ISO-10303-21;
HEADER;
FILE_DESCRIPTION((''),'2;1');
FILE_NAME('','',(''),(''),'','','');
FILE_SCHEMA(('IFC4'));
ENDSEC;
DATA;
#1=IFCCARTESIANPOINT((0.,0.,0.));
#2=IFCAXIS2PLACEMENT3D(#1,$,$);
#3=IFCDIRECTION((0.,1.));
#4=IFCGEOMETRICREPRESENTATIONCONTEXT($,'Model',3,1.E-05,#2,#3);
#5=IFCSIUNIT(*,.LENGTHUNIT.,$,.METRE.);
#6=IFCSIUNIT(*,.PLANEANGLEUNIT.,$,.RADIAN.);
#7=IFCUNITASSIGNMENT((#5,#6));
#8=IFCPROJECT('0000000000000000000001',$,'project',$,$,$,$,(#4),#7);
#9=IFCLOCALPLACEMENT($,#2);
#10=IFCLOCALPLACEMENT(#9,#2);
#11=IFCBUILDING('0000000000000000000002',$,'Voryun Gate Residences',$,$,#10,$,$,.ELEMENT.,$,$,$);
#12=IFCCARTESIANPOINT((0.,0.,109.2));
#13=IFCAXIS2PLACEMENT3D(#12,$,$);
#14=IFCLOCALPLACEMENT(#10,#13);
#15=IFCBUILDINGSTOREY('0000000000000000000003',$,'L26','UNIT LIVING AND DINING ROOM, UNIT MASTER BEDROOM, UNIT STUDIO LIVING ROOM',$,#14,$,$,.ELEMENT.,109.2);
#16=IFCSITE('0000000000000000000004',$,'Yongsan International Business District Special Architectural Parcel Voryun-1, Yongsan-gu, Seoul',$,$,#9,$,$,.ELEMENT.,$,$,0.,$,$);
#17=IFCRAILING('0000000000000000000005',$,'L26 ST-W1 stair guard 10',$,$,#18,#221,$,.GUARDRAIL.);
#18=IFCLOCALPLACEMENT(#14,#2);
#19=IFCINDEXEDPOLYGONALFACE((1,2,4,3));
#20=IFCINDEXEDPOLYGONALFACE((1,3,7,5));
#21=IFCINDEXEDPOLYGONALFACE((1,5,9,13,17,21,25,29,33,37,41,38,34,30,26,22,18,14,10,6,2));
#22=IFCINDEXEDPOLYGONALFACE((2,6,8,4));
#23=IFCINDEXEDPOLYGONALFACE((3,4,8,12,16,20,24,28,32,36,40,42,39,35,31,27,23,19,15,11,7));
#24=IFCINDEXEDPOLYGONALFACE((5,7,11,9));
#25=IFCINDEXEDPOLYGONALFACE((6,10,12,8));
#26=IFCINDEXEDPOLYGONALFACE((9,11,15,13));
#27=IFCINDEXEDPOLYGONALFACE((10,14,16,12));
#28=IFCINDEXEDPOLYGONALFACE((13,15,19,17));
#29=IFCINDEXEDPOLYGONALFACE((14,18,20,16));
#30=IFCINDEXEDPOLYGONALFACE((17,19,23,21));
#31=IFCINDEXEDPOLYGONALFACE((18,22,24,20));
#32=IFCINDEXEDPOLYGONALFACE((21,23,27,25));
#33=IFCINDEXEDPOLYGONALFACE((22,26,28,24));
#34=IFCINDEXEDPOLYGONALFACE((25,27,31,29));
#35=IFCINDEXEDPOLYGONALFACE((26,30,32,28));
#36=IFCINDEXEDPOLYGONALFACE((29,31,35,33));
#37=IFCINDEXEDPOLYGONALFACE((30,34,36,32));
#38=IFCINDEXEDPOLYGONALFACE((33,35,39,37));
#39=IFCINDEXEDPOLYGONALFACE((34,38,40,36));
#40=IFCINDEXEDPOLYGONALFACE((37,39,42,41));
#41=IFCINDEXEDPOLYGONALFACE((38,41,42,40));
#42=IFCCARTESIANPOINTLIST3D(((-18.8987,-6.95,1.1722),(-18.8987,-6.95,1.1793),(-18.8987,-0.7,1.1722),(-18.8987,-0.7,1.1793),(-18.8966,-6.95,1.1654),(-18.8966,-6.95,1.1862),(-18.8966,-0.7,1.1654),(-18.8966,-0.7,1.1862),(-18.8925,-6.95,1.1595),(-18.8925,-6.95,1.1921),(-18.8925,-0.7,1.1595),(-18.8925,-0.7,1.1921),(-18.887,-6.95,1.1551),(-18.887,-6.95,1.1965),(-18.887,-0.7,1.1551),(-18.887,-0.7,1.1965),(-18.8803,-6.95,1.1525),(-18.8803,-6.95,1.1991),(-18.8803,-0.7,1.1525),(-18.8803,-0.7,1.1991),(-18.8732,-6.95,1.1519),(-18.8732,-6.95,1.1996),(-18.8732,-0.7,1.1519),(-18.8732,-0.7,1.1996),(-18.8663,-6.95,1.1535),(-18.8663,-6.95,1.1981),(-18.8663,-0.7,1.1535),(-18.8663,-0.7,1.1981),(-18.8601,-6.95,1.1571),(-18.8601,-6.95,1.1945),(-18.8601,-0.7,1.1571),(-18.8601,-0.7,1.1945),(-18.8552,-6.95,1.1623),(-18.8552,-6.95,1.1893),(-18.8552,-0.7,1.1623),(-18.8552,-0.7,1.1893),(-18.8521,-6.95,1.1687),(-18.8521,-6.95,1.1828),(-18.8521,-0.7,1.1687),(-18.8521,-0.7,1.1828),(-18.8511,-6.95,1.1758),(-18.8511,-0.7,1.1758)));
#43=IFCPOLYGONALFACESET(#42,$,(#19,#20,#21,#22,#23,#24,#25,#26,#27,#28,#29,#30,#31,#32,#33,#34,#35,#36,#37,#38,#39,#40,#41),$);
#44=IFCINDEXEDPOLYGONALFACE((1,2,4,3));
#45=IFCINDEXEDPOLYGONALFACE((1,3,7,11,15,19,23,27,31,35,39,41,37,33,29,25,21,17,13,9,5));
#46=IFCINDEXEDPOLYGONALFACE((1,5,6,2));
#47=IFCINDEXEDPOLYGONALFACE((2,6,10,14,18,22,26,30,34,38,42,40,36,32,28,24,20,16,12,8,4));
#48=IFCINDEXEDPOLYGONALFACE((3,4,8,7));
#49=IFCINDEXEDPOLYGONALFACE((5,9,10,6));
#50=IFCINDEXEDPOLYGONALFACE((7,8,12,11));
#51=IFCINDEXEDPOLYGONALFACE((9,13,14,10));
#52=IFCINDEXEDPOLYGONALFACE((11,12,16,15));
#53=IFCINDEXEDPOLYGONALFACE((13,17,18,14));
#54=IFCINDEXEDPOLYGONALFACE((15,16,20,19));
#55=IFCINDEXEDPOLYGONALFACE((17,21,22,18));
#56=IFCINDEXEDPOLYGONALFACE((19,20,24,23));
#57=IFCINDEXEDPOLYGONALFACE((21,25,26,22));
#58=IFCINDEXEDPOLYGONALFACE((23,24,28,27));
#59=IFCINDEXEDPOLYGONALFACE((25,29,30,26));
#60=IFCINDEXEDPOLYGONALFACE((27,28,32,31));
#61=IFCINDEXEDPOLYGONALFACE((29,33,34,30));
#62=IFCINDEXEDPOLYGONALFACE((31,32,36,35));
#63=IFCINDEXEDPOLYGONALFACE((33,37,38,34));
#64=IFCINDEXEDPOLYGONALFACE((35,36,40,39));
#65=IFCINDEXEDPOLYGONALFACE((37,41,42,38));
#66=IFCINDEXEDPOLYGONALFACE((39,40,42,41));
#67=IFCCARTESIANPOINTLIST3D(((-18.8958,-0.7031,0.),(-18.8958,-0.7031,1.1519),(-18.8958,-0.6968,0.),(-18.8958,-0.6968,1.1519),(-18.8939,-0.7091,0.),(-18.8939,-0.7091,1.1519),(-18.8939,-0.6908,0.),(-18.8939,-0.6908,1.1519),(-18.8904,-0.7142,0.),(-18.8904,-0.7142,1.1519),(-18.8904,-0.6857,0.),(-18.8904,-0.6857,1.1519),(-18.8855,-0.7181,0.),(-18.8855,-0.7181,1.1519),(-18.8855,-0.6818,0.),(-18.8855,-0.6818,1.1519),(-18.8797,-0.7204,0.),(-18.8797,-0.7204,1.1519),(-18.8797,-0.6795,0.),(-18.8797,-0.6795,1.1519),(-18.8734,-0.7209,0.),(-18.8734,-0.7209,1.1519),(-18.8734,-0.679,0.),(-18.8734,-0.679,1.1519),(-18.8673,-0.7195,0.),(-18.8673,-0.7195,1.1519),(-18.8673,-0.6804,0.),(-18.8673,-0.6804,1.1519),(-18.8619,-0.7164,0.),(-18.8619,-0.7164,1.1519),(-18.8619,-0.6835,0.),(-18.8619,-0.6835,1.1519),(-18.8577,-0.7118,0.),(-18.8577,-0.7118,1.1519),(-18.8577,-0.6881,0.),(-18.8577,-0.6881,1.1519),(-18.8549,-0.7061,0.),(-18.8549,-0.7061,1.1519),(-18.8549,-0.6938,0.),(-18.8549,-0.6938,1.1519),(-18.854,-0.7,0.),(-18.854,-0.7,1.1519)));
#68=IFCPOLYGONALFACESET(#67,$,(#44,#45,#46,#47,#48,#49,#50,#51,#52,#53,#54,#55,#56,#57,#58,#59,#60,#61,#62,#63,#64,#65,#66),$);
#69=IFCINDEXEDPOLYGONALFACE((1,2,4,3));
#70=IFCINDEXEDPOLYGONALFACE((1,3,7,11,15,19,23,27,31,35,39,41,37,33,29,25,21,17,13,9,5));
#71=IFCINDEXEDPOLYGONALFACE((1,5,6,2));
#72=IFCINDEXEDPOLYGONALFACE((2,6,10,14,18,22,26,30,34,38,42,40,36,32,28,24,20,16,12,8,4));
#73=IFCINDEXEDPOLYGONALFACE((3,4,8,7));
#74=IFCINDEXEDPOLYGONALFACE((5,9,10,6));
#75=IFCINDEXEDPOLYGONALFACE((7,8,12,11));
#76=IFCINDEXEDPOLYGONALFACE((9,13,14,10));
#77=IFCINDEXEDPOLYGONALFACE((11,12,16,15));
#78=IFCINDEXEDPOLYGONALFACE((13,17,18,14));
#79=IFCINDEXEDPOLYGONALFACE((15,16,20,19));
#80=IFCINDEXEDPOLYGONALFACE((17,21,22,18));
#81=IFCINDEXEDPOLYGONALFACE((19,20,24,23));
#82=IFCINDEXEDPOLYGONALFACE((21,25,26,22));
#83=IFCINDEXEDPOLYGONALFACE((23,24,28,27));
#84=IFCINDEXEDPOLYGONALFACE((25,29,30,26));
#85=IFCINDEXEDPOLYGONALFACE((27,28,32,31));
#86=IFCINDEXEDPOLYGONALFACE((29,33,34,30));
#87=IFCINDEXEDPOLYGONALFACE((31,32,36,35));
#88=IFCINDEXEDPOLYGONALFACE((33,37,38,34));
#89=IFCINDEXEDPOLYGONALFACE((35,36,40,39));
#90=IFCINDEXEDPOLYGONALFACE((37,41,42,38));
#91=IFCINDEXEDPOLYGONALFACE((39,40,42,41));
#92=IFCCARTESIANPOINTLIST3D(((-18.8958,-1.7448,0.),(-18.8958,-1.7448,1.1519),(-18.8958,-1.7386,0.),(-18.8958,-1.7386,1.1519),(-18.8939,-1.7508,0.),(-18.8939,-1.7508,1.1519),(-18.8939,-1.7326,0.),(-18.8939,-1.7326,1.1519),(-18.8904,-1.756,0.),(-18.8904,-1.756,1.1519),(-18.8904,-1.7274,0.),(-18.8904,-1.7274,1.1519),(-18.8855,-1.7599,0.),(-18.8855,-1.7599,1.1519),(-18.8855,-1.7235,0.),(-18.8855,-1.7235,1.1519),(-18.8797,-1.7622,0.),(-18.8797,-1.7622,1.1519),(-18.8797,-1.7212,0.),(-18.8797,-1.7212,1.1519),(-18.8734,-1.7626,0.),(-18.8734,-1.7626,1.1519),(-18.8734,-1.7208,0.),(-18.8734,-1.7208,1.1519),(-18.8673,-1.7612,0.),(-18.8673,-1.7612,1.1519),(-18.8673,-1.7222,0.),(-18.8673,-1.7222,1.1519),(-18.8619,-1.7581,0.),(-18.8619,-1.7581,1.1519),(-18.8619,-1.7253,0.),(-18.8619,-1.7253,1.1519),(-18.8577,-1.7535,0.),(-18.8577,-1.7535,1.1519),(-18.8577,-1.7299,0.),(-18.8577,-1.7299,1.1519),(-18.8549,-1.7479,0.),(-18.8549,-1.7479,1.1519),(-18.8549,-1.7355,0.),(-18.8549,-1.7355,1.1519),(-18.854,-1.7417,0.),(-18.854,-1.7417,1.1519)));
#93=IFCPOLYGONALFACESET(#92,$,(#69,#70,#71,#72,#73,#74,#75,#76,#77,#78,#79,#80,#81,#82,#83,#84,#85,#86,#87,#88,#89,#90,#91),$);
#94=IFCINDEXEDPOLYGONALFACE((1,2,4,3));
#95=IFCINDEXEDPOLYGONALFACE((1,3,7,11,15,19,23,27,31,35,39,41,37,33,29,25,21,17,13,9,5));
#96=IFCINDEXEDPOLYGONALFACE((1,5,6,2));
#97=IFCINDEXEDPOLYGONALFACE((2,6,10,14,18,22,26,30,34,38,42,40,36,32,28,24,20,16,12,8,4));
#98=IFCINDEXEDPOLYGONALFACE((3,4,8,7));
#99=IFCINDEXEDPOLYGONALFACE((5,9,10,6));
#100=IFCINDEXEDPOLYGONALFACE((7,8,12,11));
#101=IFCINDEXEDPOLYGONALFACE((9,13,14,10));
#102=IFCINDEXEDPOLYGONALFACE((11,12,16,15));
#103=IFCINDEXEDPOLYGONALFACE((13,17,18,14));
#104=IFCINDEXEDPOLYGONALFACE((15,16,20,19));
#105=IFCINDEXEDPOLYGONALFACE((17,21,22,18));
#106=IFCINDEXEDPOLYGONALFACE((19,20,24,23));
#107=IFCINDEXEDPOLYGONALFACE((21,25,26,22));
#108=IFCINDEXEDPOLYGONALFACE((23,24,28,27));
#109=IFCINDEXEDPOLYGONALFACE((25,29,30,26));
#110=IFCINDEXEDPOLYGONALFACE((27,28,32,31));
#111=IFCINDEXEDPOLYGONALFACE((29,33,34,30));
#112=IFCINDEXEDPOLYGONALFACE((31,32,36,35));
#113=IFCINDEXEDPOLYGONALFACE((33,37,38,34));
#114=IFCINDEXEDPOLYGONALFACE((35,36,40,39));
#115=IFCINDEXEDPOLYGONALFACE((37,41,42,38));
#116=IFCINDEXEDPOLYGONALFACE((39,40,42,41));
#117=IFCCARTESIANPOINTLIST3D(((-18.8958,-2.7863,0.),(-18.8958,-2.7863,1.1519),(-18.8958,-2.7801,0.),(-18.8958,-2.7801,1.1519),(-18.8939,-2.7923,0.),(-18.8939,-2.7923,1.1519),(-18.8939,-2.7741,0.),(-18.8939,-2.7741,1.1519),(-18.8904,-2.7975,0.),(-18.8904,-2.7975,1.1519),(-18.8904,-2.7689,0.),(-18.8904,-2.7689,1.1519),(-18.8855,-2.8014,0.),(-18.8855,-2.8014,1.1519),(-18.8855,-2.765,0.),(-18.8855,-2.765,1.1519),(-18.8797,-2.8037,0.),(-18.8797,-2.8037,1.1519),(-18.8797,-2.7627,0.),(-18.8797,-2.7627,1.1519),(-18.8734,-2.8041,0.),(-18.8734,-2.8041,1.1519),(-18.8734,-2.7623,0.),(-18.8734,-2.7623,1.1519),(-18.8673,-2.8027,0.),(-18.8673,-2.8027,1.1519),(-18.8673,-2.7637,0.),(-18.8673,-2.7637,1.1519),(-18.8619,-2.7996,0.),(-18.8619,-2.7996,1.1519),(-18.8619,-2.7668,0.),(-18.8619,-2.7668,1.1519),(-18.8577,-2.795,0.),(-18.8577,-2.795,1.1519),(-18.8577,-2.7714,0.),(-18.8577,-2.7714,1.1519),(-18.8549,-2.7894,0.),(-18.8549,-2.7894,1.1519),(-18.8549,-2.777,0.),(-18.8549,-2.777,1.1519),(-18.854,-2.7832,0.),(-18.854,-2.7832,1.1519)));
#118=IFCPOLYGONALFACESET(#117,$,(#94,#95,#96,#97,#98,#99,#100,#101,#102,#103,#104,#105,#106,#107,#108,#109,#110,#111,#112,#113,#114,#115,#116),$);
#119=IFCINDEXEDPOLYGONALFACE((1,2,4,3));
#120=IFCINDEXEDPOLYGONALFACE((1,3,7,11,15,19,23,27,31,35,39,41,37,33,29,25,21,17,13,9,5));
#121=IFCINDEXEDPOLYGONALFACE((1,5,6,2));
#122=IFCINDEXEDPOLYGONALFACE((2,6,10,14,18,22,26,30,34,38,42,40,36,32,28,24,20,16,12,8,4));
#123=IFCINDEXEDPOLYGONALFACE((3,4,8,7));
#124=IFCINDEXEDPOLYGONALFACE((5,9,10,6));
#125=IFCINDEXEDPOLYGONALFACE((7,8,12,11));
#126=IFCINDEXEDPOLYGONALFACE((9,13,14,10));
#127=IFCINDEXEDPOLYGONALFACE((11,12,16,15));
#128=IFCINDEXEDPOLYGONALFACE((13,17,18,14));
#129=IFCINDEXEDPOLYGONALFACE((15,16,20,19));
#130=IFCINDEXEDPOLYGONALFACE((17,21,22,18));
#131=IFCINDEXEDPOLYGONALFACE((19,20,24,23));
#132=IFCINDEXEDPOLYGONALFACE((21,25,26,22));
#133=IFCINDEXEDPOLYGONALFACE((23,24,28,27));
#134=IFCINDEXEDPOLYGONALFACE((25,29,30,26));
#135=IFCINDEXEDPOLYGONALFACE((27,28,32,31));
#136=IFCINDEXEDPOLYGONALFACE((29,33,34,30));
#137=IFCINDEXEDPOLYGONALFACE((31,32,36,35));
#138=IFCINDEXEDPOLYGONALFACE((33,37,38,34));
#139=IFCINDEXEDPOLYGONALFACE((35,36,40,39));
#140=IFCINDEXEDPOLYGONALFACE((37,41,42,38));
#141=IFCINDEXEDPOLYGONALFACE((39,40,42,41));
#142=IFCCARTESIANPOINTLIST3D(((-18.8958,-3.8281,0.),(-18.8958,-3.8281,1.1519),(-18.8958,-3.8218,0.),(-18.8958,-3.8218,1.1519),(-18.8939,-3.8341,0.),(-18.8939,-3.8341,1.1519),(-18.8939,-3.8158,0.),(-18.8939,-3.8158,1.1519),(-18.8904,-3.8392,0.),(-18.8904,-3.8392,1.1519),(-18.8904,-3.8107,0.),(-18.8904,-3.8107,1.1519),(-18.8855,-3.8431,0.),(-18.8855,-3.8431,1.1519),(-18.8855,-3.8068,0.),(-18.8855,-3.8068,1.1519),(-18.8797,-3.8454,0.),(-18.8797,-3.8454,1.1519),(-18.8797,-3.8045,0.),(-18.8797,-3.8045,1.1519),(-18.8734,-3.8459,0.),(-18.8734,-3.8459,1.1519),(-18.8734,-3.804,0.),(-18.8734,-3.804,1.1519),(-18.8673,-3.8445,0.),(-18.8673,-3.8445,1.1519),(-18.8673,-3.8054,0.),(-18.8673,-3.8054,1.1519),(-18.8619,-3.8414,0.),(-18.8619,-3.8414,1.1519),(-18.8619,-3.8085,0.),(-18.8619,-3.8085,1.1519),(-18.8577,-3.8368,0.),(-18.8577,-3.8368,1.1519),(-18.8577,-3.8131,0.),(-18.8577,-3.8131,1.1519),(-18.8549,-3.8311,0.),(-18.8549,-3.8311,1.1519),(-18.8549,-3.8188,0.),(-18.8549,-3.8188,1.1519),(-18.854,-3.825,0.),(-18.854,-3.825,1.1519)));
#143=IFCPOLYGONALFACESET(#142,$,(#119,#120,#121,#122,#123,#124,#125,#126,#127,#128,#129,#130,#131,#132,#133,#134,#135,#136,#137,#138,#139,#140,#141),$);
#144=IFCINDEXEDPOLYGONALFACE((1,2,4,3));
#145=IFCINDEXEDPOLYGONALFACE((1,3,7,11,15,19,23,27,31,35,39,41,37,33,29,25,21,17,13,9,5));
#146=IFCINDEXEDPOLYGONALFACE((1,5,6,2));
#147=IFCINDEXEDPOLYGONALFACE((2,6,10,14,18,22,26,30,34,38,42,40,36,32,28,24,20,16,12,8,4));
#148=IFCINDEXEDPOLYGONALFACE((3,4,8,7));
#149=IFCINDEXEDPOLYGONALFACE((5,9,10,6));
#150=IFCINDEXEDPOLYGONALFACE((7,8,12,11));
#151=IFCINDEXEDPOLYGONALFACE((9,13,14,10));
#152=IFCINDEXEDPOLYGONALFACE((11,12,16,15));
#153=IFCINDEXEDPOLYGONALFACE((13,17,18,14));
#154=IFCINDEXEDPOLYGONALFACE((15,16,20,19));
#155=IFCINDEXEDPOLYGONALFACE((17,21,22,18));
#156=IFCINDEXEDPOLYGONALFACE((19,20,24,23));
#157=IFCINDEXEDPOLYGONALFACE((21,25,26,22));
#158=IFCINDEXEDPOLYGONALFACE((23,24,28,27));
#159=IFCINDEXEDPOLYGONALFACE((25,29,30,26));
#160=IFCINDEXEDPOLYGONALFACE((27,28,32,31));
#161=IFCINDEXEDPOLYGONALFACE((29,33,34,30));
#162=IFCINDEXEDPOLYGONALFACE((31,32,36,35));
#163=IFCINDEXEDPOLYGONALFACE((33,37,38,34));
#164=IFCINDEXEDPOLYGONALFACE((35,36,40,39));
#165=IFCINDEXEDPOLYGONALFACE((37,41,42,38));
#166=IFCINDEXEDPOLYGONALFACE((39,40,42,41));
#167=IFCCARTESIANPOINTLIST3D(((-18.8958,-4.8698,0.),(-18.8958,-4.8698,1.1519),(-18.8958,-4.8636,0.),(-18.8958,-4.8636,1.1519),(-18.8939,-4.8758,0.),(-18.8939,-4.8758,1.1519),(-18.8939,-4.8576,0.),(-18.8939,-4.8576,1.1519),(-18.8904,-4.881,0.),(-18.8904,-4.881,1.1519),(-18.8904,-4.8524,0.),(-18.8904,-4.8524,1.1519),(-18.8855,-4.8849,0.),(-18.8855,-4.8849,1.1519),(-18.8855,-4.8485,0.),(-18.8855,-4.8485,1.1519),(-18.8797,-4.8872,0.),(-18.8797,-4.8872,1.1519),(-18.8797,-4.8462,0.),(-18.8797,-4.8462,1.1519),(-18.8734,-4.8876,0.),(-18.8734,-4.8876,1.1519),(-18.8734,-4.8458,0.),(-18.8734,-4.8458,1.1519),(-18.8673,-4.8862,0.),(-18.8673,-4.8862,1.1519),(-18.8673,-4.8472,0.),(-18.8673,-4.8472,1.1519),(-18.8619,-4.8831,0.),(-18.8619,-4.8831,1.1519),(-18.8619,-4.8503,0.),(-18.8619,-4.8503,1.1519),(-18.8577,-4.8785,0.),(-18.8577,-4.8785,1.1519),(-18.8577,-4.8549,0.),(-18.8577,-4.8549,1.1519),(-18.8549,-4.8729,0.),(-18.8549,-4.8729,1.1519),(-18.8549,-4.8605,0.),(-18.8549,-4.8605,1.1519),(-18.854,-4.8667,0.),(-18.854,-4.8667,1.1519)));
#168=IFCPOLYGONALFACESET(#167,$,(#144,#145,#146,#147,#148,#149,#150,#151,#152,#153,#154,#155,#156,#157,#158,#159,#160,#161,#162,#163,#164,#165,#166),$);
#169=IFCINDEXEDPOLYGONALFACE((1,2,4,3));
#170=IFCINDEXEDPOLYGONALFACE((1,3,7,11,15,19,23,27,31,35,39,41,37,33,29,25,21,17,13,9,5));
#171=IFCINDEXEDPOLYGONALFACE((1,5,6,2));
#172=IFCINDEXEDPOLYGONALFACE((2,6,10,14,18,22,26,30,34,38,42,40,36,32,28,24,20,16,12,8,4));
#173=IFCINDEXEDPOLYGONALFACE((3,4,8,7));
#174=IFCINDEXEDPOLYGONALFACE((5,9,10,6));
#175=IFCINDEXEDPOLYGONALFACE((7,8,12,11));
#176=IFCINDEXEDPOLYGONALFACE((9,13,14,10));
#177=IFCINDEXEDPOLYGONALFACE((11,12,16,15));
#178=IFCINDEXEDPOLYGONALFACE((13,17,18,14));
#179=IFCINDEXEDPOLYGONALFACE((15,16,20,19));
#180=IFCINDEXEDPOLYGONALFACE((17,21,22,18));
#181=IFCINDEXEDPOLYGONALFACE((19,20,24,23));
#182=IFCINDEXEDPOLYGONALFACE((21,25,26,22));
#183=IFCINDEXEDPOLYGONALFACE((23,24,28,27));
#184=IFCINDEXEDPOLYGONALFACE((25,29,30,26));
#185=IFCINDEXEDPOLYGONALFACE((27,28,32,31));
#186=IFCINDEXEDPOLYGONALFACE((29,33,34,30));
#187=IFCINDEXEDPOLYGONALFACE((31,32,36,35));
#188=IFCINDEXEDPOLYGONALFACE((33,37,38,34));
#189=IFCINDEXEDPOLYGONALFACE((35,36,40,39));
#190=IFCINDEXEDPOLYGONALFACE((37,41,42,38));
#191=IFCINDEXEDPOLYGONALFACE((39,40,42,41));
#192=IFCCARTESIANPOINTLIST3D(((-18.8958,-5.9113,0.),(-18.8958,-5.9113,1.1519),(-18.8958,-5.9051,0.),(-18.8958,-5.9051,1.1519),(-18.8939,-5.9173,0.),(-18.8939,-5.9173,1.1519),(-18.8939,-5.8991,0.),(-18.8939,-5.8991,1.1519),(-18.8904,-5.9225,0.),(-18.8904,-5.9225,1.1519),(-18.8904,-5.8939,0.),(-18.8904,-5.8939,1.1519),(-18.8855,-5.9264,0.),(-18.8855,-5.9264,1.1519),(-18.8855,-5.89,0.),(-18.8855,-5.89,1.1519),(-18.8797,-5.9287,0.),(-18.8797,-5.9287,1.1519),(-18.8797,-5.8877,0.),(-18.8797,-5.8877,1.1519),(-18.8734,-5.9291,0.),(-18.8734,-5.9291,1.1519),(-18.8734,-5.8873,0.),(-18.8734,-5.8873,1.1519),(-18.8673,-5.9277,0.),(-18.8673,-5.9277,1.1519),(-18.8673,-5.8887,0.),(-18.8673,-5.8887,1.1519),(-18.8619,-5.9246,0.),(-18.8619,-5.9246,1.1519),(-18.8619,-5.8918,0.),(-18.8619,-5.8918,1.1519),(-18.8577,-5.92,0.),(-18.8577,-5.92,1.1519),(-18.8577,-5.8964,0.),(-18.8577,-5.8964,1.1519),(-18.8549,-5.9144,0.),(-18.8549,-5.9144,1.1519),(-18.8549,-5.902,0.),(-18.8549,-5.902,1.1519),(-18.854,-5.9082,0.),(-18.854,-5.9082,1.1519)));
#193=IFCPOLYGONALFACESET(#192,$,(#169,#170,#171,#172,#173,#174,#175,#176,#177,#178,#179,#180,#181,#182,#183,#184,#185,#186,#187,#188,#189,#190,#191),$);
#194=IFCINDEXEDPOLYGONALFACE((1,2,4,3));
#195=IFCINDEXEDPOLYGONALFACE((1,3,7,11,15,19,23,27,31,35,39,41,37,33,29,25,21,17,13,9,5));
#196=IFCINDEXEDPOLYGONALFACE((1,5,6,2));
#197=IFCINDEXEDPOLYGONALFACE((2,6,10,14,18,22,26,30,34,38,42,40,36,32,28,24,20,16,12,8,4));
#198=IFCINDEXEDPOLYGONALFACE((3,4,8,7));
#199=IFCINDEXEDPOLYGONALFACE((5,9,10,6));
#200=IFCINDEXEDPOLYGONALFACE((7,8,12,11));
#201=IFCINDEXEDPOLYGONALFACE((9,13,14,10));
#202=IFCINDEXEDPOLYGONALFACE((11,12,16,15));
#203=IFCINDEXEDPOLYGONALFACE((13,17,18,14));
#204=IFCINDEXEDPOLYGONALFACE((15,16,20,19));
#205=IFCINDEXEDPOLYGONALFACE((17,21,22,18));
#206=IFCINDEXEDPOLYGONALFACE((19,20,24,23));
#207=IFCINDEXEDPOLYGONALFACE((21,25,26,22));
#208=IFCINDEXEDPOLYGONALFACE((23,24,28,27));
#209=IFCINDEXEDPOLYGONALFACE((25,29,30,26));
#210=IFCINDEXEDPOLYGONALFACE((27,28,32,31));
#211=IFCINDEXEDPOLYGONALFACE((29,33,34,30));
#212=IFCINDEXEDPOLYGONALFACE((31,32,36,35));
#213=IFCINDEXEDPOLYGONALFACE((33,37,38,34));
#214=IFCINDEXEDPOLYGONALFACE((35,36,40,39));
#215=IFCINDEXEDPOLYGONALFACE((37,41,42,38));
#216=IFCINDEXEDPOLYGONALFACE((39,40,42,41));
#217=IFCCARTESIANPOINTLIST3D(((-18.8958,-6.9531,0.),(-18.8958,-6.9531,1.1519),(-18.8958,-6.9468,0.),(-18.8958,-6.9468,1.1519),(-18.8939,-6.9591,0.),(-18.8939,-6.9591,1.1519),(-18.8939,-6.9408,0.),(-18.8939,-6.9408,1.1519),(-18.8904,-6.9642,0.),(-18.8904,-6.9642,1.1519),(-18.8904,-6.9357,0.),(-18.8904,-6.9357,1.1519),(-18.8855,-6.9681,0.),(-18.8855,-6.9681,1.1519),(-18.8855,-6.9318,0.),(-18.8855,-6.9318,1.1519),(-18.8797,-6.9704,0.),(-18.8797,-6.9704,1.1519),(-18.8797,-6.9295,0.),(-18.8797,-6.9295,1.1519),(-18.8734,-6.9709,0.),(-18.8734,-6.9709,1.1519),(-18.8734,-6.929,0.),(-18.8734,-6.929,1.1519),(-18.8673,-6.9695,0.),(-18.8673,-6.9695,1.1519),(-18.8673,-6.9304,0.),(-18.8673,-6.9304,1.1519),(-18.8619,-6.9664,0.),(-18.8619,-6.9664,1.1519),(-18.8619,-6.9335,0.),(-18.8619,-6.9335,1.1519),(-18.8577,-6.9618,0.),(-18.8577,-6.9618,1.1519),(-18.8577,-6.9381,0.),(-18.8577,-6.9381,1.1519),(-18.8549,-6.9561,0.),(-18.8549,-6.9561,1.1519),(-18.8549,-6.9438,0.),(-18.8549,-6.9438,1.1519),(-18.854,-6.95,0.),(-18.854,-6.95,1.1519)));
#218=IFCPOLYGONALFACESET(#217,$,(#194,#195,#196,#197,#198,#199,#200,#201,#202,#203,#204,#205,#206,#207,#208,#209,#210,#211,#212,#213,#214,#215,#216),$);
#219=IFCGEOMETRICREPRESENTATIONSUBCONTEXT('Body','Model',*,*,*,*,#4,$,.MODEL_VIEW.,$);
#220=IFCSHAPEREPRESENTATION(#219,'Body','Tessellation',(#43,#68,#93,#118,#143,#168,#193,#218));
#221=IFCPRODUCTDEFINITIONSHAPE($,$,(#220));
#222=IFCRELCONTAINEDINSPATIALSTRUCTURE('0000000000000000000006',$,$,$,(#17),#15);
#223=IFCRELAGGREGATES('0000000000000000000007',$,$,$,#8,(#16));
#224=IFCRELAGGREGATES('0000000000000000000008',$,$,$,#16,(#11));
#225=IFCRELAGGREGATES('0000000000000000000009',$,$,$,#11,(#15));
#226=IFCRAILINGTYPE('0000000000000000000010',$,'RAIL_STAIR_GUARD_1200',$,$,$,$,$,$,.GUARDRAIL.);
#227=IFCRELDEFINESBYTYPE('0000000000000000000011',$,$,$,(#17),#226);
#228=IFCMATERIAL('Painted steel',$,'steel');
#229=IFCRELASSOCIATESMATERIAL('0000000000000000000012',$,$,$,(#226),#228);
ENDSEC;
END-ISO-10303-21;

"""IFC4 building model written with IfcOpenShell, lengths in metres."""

from ifc_helpers import new_model, si_unit, direction, frame, origin, origin_2d, place, context, subcontext, project, spatial, circle, extrude, material, type_object, element, save


model = new_model("IFC4")

# Units and contexts
model_context = context("Model", 3, precision=1e-05, world=origin(), true_north=direction((0.0, 1.0)))
body_context = subcontext(model_context, "Body", "Model", "MODEL_VIEW")
ifc_project = project(units=[si_unit("LENGTHUNIT", "METRE"), si_unit("PLANEANGLEUNIT", "RADIAN")], contexts=[model_context])

# Site, building, storey
site_placement = place(None, origin())
site = spatial("IfcSite", under=ifc_project, at=site_placement, Name="Yongsan International Business District Special Architectural Parcel Voryun-1, Yongsan-gu, Seoul", CompositionType="ELEMENT", RefElevation=0.0)
building_placement = place(site_placement, origin())
building = spatial("IfcBuilding", under=site, at=building_placement, Name="Voryun Gate Residences", CompositionType="ELEMENT")
storey_placement = place(building_placement, frame((0.0, 0.0, 109.2)))
storey = spatial("IfcBuildingStorey", under=building, at=storey_placement, Name="L26", Description="UNIT LIVING AND DINING ROOM, UNIT MASTER BEDROOM, UNIT STUDIO LIVING ROOM", CompositionType="ELEMENT", Elevation=109.2)

# Railing
ifc_material_1 = material(Name="Painted steel", Category="steel")
railing_type = type_object("IfcRailingType", Name="RAIL_STAIR_GUARD_1200", PredefinedType="GUARDRAIL", material=ifc_material_1)
railing_1_placement = place(storey_placement, frame((-18.875, -0.7, 0.0)))
element("IfcRailing", 1, at=railing_1_placement, inside=storey, type_object=railing_type, Name="L26 ST-W1 stair guard 10", PredefinedType="GUARDRAIL", context=body_context, shape_type="SweptSolid", body=[
    extrude(circle(Radius=0.0239, at=origin_2d()), frame((0.0, 0.0, 1.1758), z_axis=(0.0, -1.0, 0.0), x_axis=(1.0, 0.0, 0.0)), (0.0, 0.0, 1.0), 6.25),
    extrude(circle(Radius=0.021, at=origin_2d()), origin(), (0.0, 0.0, 1.0), 1.1519),
    extrude(circle(Radius=0.021, at=origin_2d()), frame((0.0, -1.0417, 0.0)), (0.0, 0.0, 1.0), 1.1519),
    extrude(circle(Radius=0.021, at=origin_2d()), frame((0.0, -2.0833, 0.0)), (0.0, 0.0, 1.0), 1.1519),
    extrude(circle(Radius=0.021, at=origin_2d()), frame((0.0, -3.125, 0.0)), (0.0, 0.0, 1.0), 1.1519),
    extrude(circle(Radius=0.021, at=origin_2d()), frame((0.0, -4.1667, 0.0)), (0.0, 0.0, 1.0), 1.1519),
    extrude(circle(Radius=0.021, at=origin_2d()), frame((0.0, -5.2083, 0.0)), (0.0, 0.0, 1.0), 1.1519),
    extrude(circle(Radius=0.021, at=origin_2d()), frame((0.0, -6.25, 0.0)), (0.0, 0.0, 1.0), 1.1519),
])

save(model, "model.ifc")
